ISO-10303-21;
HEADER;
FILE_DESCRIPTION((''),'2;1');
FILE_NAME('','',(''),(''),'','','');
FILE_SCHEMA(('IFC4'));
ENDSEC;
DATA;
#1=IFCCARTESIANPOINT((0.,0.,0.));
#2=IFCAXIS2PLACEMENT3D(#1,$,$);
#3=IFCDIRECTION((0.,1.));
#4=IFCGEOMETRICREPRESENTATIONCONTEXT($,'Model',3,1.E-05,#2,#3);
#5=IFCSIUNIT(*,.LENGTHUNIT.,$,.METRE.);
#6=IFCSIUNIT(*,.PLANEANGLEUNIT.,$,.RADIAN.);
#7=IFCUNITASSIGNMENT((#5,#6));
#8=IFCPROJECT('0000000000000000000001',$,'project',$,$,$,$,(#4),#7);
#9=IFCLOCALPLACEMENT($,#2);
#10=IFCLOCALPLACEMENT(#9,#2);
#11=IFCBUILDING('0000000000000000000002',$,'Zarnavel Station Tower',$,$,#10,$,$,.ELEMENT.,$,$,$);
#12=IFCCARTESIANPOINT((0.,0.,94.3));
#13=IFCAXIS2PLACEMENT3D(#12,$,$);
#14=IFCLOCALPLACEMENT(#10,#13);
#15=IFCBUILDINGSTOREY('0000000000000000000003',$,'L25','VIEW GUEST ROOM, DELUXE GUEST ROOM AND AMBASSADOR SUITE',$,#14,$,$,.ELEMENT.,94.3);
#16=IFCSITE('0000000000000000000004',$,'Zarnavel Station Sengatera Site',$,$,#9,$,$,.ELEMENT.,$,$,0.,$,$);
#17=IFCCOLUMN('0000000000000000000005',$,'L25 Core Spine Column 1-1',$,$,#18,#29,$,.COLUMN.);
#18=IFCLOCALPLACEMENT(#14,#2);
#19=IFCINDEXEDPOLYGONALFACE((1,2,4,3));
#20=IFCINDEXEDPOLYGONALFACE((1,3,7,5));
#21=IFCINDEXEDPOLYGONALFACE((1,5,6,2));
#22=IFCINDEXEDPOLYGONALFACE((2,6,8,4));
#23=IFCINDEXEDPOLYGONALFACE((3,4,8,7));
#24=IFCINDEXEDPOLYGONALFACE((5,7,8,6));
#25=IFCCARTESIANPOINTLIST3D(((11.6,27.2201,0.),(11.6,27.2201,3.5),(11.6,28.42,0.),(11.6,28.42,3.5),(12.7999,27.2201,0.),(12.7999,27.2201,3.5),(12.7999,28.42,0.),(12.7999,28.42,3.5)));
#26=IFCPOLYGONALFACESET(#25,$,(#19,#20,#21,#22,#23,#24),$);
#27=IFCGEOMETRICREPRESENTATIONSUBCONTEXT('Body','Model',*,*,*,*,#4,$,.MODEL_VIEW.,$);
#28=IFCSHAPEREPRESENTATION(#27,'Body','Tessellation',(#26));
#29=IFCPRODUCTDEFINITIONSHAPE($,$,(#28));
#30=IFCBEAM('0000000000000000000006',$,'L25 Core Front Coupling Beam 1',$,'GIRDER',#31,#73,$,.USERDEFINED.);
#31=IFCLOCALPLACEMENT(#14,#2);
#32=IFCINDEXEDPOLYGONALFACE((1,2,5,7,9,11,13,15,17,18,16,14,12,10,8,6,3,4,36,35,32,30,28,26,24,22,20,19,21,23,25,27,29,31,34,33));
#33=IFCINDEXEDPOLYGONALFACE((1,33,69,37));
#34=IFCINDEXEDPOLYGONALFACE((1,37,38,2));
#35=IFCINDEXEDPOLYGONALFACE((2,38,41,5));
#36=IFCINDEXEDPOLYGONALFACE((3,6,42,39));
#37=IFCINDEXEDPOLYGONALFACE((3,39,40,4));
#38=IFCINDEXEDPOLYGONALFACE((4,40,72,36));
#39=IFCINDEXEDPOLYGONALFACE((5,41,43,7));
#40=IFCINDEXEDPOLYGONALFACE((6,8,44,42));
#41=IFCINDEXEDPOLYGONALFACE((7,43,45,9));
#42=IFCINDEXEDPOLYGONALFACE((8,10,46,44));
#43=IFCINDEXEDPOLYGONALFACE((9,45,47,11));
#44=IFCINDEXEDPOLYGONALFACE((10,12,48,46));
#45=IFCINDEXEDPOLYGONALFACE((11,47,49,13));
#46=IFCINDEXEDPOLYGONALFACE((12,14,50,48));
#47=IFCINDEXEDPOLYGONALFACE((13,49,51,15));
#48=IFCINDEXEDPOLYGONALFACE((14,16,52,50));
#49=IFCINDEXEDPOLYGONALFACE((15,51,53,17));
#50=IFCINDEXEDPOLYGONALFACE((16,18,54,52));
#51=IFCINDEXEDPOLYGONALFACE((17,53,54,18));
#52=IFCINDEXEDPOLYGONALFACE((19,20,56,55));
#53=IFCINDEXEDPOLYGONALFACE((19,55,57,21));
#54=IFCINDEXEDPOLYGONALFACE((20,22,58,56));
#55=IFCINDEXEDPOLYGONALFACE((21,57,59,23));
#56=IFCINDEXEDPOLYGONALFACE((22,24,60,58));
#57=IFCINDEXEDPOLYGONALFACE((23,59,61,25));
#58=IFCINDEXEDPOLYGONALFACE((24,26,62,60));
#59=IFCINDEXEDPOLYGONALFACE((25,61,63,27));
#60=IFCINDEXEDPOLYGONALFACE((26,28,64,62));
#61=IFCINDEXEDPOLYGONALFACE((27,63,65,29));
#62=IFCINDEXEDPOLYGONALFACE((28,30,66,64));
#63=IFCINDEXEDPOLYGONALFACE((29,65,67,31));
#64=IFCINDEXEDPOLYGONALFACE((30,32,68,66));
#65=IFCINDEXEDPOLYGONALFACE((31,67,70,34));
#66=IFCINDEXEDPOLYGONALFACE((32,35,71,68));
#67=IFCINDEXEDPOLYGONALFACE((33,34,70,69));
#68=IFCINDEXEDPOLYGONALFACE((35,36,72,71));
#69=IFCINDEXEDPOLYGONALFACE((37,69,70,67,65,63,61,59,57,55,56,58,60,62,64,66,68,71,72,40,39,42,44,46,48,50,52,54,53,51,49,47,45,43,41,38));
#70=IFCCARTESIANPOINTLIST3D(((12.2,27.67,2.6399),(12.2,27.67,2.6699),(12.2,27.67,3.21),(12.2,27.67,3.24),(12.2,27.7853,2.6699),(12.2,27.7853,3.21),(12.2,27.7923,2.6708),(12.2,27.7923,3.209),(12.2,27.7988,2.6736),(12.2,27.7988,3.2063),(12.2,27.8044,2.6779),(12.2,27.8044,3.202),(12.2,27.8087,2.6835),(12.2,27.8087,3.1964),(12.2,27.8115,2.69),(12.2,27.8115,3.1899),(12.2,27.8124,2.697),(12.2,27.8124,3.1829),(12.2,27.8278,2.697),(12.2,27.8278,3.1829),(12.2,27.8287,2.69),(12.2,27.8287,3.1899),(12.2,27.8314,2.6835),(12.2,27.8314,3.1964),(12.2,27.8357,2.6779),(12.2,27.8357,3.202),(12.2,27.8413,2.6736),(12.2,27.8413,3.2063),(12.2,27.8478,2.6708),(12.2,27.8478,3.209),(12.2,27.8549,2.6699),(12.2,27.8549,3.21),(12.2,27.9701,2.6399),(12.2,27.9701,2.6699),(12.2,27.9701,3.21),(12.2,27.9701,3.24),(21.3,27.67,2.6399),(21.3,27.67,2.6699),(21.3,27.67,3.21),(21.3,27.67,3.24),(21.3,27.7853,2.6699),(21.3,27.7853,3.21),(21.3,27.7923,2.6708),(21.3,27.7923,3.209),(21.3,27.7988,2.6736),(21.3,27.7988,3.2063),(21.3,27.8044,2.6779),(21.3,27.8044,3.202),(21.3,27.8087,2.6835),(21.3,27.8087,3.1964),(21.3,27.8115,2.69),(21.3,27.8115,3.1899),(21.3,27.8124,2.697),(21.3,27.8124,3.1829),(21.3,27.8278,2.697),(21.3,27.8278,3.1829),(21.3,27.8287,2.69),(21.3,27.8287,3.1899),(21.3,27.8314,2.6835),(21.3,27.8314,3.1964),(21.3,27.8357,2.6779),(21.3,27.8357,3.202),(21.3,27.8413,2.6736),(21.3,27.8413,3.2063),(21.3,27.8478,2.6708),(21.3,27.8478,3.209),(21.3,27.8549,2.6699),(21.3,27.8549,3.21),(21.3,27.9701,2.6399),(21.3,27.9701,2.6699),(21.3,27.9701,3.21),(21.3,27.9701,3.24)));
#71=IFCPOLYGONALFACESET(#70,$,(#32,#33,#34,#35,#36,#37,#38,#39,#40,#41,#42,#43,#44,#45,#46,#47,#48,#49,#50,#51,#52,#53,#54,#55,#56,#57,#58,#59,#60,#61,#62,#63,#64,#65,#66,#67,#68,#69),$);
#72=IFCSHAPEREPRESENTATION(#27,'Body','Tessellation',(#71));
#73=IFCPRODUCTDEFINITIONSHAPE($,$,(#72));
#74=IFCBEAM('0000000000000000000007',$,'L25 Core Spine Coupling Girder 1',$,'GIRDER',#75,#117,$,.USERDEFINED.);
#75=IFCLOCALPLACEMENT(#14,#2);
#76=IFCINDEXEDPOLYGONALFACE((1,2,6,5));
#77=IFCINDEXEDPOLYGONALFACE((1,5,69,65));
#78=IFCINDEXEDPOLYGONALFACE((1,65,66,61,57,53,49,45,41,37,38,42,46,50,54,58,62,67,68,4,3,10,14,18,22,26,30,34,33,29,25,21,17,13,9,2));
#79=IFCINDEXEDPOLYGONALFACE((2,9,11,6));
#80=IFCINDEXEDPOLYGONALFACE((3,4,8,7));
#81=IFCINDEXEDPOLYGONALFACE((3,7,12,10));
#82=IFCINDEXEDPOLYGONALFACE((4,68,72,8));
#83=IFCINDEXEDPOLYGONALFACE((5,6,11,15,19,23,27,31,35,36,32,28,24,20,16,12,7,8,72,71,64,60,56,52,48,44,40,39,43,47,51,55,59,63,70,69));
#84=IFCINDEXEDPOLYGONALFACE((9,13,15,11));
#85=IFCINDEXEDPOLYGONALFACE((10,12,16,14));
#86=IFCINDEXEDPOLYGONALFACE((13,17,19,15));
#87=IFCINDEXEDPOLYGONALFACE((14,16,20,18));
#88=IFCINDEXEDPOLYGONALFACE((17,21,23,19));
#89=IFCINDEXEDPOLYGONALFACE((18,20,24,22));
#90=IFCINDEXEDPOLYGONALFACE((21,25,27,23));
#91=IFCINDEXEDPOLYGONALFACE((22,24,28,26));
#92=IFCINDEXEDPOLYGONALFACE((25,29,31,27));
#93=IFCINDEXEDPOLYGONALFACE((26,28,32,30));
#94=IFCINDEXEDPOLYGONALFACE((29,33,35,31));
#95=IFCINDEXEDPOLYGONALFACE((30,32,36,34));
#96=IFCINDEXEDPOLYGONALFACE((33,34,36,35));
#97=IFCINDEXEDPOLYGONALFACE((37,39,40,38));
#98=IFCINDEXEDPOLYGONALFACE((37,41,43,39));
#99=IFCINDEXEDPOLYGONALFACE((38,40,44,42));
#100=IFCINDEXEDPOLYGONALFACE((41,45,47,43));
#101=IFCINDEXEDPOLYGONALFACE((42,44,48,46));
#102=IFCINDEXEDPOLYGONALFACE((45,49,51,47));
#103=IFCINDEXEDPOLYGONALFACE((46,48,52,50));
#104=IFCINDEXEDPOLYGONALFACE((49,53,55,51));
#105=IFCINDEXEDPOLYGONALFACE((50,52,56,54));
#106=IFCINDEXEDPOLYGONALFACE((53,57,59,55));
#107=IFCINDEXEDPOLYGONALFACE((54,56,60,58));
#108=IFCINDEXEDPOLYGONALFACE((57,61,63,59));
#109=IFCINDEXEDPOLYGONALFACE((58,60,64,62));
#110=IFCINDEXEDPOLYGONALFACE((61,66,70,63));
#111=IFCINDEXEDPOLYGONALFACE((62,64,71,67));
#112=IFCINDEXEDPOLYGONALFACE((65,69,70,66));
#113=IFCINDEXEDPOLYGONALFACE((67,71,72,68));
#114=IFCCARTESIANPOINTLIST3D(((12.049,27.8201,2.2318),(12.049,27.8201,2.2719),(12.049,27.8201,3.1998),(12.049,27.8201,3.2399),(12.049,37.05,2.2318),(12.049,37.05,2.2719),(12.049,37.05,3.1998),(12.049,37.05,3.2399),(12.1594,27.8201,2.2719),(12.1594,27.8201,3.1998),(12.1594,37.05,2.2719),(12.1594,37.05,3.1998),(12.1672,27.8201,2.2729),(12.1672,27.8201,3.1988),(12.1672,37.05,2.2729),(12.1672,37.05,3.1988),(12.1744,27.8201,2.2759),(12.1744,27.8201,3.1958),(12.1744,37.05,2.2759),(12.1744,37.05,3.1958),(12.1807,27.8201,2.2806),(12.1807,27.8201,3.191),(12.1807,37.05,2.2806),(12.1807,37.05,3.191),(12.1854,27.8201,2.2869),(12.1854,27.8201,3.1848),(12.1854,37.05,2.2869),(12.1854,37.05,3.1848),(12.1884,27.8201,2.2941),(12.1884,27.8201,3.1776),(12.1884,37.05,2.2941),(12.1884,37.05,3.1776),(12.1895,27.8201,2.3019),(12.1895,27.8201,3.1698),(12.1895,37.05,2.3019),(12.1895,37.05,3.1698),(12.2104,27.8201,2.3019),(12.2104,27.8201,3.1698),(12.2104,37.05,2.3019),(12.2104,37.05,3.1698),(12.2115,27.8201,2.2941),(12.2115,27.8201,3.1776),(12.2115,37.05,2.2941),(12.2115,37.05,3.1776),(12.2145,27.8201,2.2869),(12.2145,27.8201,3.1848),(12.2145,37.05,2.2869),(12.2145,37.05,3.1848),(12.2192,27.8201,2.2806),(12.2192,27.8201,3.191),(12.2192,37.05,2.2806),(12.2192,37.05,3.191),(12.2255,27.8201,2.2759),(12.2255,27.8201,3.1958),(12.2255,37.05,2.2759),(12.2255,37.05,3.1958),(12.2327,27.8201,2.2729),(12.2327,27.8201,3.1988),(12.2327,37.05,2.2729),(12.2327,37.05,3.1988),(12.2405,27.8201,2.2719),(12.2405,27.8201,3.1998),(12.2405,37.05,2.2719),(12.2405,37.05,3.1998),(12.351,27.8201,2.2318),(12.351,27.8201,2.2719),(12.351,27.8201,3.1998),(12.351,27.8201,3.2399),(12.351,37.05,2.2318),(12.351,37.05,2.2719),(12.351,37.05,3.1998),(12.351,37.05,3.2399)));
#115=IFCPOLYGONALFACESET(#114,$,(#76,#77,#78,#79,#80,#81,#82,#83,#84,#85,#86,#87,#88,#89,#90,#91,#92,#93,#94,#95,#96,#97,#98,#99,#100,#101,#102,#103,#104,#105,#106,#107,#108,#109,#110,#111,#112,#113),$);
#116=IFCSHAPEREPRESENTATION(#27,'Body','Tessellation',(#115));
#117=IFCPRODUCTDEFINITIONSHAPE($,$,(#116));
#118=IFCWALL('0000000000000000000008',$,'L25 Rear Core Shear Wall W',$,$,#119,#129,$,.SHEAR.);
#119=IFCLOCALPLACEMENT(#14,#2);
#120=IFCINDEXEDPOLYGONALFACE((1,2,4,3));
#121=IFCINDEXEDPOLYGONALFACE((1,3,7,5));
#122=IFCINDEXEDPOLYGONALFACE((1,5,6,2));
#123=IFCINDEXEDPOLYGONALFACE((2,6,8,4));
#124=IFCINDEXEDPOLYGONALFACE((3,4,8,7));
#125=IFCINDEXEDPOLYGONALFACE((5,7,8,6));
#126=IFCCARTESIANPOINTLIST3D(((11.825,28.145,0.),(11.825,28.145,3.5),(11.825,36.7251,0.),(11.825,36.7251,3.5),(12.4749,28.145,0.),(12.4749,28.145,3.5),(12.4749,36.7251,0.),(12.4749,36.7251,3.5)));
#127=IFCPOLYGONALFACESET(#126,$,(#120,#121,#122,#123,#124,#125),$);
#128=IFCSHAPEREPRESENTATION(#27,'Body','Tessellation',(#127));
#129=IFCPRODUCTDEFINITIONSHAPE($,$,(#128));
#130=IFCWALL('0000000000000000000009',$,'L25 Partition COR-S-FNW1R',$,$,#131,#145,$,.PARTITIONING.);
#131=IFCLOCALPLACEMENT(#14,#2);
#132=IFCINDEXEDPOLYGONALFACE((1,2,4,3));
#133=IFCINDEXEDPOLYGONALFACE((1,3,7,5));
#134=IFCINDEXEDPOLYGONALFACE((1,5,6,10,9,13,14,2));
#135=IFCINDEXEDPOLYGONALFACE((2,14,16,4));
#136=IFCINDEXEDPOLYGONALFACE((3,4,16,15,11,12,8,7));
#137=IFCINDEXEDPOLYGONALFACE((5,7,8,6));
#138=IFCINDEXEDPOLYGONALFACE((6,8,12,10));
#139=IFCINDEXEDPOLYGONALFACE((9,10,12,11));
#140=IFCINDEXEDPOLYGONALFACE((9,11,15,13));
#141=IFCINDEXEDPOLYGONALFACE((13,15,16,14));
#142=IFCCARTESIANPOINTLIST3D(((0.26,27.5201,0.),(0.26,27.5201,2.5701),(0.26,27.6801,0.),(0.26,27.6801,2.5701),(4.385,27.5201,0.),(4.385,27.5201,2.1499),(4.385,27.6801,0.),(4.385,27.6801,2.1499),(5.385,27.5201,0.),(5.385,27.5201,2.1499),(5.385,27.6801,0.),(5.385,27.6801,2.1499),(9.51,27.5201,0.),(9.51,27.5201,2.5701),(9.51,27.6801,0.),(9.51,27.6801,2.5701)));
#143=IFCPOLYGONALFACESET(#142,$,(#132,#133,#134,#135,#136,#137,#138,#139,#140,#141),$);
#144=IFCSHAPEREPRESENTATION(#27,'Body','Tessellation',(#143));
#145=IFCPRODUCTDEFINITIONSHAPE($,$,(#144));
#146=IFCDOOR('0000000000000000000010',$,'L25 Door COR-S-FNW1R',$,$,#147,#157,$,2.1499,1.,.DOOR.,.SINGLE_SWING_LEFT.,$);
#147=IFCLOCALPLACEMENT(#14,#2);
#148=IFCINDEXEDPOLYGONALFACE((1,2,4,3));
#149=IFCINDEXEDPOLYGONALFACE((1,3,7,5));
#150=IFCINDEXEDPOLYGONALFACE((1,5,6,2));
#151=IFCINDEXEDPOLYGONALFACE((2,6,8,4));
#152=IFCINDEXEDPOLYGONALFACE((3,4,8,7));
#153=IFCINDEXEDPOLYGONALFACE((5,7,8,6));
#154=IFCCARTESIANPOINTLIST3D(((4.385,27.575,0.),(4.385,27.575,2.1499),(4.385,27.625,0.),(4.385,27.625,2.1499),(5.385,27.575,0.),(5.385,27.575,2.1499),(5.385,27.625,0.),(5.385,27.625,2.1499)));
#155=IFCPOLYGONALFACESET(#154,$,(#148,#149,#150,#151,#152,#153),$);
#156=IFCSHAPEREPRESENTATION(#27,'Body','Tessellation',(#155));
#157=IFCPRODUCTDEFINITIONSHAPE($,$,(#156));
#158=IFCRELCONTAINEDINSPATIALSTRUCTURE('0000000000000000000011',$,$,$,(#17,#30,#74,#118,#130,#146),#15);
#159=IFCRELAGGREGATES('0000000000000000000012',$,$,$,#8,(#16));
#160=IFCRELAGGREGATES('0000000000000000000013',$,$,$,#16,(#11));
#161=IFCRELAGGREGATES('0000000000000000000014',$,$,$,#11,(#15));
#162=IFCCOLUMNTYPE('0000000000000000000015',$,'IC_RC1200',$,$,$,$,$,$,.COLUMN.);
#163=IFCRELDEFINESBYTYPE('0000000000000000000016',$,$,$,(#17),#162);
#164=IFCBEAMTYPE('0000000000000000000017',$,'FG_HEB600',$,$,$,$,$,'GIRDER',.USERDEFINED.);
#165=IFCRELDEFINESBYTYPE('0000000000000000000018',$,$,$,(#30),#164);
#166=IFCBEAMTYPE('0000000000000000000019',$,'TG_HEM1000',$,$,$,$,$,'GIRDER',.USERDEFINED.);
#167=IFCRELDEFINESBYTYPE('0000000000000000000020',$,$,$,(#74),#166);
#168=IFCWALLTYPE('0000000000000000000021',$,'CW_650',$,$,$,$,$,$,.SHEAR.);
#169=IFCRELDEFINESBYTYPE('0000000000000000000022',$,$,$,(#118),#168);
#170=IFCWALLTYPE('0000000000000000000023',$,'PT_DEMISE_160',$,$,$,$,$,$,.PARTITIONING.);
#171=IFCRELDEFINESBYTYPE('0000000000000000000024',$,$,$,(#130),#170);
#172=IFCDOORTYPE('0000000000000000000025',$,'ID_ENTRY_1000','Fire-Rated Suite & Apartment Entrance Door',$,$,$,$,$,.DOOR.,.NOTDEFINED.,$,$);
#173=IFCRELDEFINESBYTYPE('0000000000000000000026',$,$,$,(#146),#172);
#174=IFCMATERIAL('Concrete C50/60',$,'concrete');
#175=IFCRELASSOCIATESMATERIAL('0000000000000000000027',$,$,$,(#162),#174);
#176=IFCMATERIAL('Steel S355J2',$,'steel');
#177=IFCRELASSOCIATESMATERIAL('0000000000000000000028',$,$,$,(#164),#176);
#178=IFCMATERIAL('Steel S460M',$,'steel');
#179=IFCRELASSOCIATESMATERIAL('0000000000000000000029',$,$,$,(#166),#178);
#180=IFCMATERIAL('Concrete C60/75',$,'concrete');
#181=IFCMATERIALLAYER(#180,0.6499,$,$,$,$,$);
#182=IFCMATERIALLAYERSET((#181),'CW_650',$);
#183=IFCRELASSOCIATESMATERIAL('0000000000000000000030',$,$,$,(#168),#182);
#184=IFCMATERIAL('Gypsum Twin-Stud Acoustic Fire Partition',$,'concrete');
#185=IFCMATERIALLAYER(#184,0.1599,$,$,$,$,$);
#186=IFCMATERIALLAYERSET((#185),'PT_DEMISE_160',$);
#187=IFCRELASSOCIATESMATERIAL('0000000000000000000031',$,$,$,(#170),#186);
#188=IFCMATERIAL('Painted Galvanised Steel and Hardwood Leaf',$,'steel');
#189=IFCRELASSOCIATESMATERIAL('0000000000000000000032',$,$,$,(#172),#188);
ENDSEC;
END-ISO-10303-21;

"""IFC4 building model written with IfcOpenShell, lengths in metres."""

from ifc_helpers import new_model, si_unit, direction, frame, frame_2d, origin, origin_2d, place, context, subcontext, project, spatial, rectangle, i_section, extrude, material, layer, layer_set, material_profile, profile_set, type_object, element, fill, save


model = new_model("IFC4")

# Units and contexts
model_context = context("Model", 3, precision=1e-05, world=origin(), true_north=direction((0.0, 1.0)))
body_context = subcontext(model_context, "Body", "Model", "MODEL_VIEW")
ifc_project = project(units=[si_unit("LENGTHUNIT", "METRE"), si_unit("PLANEANGLEUNIT", "RADIAN")], contexts=[model_context])

# Site, building, storey
site_placement = place(None, origin())
site = spatial("IfcSite", under=ifc_project, at=site_placement, Name="Zarnavel Station Sengatera Site", CompositionType="ELEMENT", RefElevation=0.0)
building_placement = place(site_placement, origin())
building = spatial("IfcBuilding", under=site, at=building_placement, Name="Zarnavel Station Tower", CompositionType="ELEMENT")
storey_placement = place(building_placement, frame((0.0, 0.0, 94.3)))
storey = spatial("IfcBuildingStorey", under=building, at=storey_placement, Name="L25", Description="VIEW GUEST ROOM, DELUXE GUEST ROOM AND AMBASSADOR SUITE", CompositionType="ELEMENT", Elevation=94.3)

# Column
ifc_material_1 = material(Name="Concrete C50/60", Category="concrete")
ifc_material_profile_1 = material_profile(ifc_material_1, rectangle(XDim=1.2, YDim=1.2, at=origin_2d()), Name="RC1200x1200")
ifc_profile_set_1 = profile_set([ifc_material_profile_1], Name="Concrete C50/60")
column_type = type_object("IfcColumnType", Name="IC_RC1200", PredefinedType="COLUMN", material=ifc_profile_set_1)
column_placement = place(storey_placement, frame((12.2, 27.8201, 0.0), z_axis=(0.0, 0.0, 1.0), x_axis=(1.0, 0.0, 0.0)))
element("IfcColumn", 1, at=column_placement, inside=storey, type_object=column_type, Name="L25 Core Spine Column 1-1", PredefinedType="COLUMN", context=body_context, shape_type="SweptSolid", body=[
    extrude(rectangle(XDim=1.2, YDim=1.2, at=origin_2d()), origin(), (0.0, 0.0, 1.0), 3.5),
])

# Beams
ifc_material_2 = material(Name="Steel S355J2", Category="steel")
ifc_material_profile_2 = material_profile(ifc_material_2, i_section(OverallWidth=0.3, OverallDepth=0.6001, WebThickness=0.0154, FlangeThickness=0.03, FilletRadius=0.0271, at=origin_2d()), Name="HEB600")
ifc_profile_set_2 = profile_set([ifc_material_profile_2], Name="Steel S355J2")
beam_type_1 = type_object("IfcBeamType", Name="FG_HEB600", ElementType="GIRDER", PredefinedType="USERDEFINED", material=ifc_profile_set_2)
beam_1_placement = place(storey_placement, frame((12.2, 27.8201, 2.9399), z_axis=(1.0, 0.0, 0.0), x_axis=(0.0, 1.0, 0.0)))
element("IfcBeam", 2, at=beam_1_placement, inside=storey, type_object=beam_type_1, Name="L25 Core Front Coupling Beam 1", ObjectType="GIRDER", PredefinedType="USERDEFINED", context=body_context, shape_type="SweptSolid", body=[
    extrude(i_section(OverallWidth=0.3, OverallDepth=0.6001, WebThickness=0.0154, FlangeThickness=0.03, FilletRadius=0.0271, at=origin_2d()), origin(), (0.0, 0.0, 1.0), 9.1001),
])
ifc_material_3 = material(Name="Steel S460M", Category="steel")
ifc_material_profile_3 = material_profile(ifc_material_3, i_section(OverallWidth=0.302, OverallDepth=1.0081, WebThickness=0.021, FlangeThickness=0.04, FilletRadius=0.03, at=origin_2d()), Name="HEM1000")
ifc_profile_set_3 = profile_set([ifc_material_profile_3], Name="Steel S460M")
beam_type_2 = type_object("IfcBeamType", Name="TG_HEM1000", ElementType="GIRDER", PredefinedType="USERDEFINED", material=ifc_profile_set_3)
beam_2_placement = place(storey_placement, frame((12.2, 27.8201, 2.7358), z_axis=(0.0, 1.0, 0.0), x_axis=(-1.0, 0.0, 0.0)))
element("IfcBeam", 3, at=beam_2_placement, inside=storey, type_object=beam_type_2, Name="L25 Core Spine Coupling Girder 1", ObjectType="GIRDER", PredefinedType="USERDEFINED", context=body_context, shape_type="SweptSolid", body=[
    extrude(i_section(OverallWidth=0.302, OverallDepth=1.0081, WebThickness=0.021, FlangeThickness=0.04, FilletRadius=0.03, at=origin_2d()), origin(), (0.0, 0.0, 1.0), 9.23),
])

# Wall
ifc_material_4 = material(Name="Concrete C60/75", Category="concrete")
ifc_layer_1 = layer(ifc_material_4, 0.6499)
ifc_layer_set_1 = layer_set([ifc_layer_1], Name="CW_650")
wall_type_1 = type_object("IfcWallType", Name="CW_650", PredefinedType="SHEAR", material=ifc_layer_set_1)
wall_1_placement = place(storey_placement, frame((12.1499, 28.145, 0.0), z_axis=(0.0, 0.0, 1.0), x_axis=(0.0, 1.0, 0.0)))
element("IfcWall", 4, at=wall_1_placement, inside=storey, type_object=wall_type_1, Name="L25 Rear Core Shear Wall W", PredefinedType="SHEAR", context=body_context, shape_type="SweptSolid", body=[
    extrude(rectangle(XDim=8.5801, YDim=0.6499, at=frame_2d((4.29, 0.0))), origin(), (0.0, 0.0, 1.0), 3.5),
])

# Wall, opening, door
ifc_material_5 = material(Name="Gypsum Twin-Stud Acoustic Fire Partition", Category="concrete")
ifc_layer_2 = layer(ifc_material_5, 0.1599)
ifc_layer_set_2 = layer_set([ifc_layer_2], Name="PT_DEMISE_160")
wall_type_2 = type_object("IfcWallType", Name="PT_DEMISE_160", PredefinedType="PARTITIONING", material=ifc_layer_set_2)
wall_2_placement = place(storey_placement, frame((0.26, 27.6001, 0.0), z_axis=(0.0, 0.0, 1.0), x_axis=(1.0, 0.0, 0.0)))
wall_2 = element("IfcWall", 5, at=wall_2_placement, inside=storey, type_object=wall_type_2, Name="L25 Partition COR-S-FNW1R", PredefinedType="PARTITIONING", context=body_context, shape_type="SweptSolid", body=[
    extrude(rectangle(XDim=9.25, YDim=0.1599, at=frame_2d((4.625, 0.0))), origin(), (0.0, 0.0, 1.0), 2.5701),
])
opening_1_placement = place(wall_2_placement, frame((4.125, 0.0, 0.0)))
opening_1 = element("IfcOpeningElement", 6, at=opening_1_placement, cuts=wall_2, PredefinedType="OPENING", context=body_context, shape_type="SweptSolid", body=[
    extrude(rectangle(XDim=1.0, YDim=2.1499, at=frame_2d((0.5, 1.075))), frame((0.0, 0.0898, 0.0), z_axis=(0.0, -1.0, 0.0), x_axis=(1.0, 0.0, 0.0)), (0.0, 0.0, 1.0), 0.1799),
])
ifc_material_6 = material(Name="Painted Galvanised Steel and Hardwood Leaf", Category="steel")
door_type_1 = type_object("IfcDoorType", Name="ID_ENTRY_1000", Description="Fire-Rated Suite & Apartment Entrance Door", OperationType="NOTDEFINED", PredefinedType="DOOR", material=ifc_material_6)
door_1_placement = place(opening_1_placement, origin())
door_1 = element("IfcDoor", 7, at=door_1_placement, inside=storey, type_object=door_type_1, Name="L25 Door COR-S-FNW1R", OperationType="SINGLE_SWING_LEFT", OverallHeight=2.1499, OverallWidth=1.0, PredefinedType="DOOR", context=body_context, shape_type="SweptSolid", body=[
    extrude(rectangle(XDim=1.0, YDim=2.1499, at=frame_2d((0.5, 1.075))), frame((0.0, 0.0249, 0.0), z_axis=(0.0, -1.0, 0.0), x_axis=(1.0, 0.0, 0.0)), (0.0, 0.0, 1.0), 0.05),
])
fill(opening_1, door_1)

save(model, "model.ifc")
